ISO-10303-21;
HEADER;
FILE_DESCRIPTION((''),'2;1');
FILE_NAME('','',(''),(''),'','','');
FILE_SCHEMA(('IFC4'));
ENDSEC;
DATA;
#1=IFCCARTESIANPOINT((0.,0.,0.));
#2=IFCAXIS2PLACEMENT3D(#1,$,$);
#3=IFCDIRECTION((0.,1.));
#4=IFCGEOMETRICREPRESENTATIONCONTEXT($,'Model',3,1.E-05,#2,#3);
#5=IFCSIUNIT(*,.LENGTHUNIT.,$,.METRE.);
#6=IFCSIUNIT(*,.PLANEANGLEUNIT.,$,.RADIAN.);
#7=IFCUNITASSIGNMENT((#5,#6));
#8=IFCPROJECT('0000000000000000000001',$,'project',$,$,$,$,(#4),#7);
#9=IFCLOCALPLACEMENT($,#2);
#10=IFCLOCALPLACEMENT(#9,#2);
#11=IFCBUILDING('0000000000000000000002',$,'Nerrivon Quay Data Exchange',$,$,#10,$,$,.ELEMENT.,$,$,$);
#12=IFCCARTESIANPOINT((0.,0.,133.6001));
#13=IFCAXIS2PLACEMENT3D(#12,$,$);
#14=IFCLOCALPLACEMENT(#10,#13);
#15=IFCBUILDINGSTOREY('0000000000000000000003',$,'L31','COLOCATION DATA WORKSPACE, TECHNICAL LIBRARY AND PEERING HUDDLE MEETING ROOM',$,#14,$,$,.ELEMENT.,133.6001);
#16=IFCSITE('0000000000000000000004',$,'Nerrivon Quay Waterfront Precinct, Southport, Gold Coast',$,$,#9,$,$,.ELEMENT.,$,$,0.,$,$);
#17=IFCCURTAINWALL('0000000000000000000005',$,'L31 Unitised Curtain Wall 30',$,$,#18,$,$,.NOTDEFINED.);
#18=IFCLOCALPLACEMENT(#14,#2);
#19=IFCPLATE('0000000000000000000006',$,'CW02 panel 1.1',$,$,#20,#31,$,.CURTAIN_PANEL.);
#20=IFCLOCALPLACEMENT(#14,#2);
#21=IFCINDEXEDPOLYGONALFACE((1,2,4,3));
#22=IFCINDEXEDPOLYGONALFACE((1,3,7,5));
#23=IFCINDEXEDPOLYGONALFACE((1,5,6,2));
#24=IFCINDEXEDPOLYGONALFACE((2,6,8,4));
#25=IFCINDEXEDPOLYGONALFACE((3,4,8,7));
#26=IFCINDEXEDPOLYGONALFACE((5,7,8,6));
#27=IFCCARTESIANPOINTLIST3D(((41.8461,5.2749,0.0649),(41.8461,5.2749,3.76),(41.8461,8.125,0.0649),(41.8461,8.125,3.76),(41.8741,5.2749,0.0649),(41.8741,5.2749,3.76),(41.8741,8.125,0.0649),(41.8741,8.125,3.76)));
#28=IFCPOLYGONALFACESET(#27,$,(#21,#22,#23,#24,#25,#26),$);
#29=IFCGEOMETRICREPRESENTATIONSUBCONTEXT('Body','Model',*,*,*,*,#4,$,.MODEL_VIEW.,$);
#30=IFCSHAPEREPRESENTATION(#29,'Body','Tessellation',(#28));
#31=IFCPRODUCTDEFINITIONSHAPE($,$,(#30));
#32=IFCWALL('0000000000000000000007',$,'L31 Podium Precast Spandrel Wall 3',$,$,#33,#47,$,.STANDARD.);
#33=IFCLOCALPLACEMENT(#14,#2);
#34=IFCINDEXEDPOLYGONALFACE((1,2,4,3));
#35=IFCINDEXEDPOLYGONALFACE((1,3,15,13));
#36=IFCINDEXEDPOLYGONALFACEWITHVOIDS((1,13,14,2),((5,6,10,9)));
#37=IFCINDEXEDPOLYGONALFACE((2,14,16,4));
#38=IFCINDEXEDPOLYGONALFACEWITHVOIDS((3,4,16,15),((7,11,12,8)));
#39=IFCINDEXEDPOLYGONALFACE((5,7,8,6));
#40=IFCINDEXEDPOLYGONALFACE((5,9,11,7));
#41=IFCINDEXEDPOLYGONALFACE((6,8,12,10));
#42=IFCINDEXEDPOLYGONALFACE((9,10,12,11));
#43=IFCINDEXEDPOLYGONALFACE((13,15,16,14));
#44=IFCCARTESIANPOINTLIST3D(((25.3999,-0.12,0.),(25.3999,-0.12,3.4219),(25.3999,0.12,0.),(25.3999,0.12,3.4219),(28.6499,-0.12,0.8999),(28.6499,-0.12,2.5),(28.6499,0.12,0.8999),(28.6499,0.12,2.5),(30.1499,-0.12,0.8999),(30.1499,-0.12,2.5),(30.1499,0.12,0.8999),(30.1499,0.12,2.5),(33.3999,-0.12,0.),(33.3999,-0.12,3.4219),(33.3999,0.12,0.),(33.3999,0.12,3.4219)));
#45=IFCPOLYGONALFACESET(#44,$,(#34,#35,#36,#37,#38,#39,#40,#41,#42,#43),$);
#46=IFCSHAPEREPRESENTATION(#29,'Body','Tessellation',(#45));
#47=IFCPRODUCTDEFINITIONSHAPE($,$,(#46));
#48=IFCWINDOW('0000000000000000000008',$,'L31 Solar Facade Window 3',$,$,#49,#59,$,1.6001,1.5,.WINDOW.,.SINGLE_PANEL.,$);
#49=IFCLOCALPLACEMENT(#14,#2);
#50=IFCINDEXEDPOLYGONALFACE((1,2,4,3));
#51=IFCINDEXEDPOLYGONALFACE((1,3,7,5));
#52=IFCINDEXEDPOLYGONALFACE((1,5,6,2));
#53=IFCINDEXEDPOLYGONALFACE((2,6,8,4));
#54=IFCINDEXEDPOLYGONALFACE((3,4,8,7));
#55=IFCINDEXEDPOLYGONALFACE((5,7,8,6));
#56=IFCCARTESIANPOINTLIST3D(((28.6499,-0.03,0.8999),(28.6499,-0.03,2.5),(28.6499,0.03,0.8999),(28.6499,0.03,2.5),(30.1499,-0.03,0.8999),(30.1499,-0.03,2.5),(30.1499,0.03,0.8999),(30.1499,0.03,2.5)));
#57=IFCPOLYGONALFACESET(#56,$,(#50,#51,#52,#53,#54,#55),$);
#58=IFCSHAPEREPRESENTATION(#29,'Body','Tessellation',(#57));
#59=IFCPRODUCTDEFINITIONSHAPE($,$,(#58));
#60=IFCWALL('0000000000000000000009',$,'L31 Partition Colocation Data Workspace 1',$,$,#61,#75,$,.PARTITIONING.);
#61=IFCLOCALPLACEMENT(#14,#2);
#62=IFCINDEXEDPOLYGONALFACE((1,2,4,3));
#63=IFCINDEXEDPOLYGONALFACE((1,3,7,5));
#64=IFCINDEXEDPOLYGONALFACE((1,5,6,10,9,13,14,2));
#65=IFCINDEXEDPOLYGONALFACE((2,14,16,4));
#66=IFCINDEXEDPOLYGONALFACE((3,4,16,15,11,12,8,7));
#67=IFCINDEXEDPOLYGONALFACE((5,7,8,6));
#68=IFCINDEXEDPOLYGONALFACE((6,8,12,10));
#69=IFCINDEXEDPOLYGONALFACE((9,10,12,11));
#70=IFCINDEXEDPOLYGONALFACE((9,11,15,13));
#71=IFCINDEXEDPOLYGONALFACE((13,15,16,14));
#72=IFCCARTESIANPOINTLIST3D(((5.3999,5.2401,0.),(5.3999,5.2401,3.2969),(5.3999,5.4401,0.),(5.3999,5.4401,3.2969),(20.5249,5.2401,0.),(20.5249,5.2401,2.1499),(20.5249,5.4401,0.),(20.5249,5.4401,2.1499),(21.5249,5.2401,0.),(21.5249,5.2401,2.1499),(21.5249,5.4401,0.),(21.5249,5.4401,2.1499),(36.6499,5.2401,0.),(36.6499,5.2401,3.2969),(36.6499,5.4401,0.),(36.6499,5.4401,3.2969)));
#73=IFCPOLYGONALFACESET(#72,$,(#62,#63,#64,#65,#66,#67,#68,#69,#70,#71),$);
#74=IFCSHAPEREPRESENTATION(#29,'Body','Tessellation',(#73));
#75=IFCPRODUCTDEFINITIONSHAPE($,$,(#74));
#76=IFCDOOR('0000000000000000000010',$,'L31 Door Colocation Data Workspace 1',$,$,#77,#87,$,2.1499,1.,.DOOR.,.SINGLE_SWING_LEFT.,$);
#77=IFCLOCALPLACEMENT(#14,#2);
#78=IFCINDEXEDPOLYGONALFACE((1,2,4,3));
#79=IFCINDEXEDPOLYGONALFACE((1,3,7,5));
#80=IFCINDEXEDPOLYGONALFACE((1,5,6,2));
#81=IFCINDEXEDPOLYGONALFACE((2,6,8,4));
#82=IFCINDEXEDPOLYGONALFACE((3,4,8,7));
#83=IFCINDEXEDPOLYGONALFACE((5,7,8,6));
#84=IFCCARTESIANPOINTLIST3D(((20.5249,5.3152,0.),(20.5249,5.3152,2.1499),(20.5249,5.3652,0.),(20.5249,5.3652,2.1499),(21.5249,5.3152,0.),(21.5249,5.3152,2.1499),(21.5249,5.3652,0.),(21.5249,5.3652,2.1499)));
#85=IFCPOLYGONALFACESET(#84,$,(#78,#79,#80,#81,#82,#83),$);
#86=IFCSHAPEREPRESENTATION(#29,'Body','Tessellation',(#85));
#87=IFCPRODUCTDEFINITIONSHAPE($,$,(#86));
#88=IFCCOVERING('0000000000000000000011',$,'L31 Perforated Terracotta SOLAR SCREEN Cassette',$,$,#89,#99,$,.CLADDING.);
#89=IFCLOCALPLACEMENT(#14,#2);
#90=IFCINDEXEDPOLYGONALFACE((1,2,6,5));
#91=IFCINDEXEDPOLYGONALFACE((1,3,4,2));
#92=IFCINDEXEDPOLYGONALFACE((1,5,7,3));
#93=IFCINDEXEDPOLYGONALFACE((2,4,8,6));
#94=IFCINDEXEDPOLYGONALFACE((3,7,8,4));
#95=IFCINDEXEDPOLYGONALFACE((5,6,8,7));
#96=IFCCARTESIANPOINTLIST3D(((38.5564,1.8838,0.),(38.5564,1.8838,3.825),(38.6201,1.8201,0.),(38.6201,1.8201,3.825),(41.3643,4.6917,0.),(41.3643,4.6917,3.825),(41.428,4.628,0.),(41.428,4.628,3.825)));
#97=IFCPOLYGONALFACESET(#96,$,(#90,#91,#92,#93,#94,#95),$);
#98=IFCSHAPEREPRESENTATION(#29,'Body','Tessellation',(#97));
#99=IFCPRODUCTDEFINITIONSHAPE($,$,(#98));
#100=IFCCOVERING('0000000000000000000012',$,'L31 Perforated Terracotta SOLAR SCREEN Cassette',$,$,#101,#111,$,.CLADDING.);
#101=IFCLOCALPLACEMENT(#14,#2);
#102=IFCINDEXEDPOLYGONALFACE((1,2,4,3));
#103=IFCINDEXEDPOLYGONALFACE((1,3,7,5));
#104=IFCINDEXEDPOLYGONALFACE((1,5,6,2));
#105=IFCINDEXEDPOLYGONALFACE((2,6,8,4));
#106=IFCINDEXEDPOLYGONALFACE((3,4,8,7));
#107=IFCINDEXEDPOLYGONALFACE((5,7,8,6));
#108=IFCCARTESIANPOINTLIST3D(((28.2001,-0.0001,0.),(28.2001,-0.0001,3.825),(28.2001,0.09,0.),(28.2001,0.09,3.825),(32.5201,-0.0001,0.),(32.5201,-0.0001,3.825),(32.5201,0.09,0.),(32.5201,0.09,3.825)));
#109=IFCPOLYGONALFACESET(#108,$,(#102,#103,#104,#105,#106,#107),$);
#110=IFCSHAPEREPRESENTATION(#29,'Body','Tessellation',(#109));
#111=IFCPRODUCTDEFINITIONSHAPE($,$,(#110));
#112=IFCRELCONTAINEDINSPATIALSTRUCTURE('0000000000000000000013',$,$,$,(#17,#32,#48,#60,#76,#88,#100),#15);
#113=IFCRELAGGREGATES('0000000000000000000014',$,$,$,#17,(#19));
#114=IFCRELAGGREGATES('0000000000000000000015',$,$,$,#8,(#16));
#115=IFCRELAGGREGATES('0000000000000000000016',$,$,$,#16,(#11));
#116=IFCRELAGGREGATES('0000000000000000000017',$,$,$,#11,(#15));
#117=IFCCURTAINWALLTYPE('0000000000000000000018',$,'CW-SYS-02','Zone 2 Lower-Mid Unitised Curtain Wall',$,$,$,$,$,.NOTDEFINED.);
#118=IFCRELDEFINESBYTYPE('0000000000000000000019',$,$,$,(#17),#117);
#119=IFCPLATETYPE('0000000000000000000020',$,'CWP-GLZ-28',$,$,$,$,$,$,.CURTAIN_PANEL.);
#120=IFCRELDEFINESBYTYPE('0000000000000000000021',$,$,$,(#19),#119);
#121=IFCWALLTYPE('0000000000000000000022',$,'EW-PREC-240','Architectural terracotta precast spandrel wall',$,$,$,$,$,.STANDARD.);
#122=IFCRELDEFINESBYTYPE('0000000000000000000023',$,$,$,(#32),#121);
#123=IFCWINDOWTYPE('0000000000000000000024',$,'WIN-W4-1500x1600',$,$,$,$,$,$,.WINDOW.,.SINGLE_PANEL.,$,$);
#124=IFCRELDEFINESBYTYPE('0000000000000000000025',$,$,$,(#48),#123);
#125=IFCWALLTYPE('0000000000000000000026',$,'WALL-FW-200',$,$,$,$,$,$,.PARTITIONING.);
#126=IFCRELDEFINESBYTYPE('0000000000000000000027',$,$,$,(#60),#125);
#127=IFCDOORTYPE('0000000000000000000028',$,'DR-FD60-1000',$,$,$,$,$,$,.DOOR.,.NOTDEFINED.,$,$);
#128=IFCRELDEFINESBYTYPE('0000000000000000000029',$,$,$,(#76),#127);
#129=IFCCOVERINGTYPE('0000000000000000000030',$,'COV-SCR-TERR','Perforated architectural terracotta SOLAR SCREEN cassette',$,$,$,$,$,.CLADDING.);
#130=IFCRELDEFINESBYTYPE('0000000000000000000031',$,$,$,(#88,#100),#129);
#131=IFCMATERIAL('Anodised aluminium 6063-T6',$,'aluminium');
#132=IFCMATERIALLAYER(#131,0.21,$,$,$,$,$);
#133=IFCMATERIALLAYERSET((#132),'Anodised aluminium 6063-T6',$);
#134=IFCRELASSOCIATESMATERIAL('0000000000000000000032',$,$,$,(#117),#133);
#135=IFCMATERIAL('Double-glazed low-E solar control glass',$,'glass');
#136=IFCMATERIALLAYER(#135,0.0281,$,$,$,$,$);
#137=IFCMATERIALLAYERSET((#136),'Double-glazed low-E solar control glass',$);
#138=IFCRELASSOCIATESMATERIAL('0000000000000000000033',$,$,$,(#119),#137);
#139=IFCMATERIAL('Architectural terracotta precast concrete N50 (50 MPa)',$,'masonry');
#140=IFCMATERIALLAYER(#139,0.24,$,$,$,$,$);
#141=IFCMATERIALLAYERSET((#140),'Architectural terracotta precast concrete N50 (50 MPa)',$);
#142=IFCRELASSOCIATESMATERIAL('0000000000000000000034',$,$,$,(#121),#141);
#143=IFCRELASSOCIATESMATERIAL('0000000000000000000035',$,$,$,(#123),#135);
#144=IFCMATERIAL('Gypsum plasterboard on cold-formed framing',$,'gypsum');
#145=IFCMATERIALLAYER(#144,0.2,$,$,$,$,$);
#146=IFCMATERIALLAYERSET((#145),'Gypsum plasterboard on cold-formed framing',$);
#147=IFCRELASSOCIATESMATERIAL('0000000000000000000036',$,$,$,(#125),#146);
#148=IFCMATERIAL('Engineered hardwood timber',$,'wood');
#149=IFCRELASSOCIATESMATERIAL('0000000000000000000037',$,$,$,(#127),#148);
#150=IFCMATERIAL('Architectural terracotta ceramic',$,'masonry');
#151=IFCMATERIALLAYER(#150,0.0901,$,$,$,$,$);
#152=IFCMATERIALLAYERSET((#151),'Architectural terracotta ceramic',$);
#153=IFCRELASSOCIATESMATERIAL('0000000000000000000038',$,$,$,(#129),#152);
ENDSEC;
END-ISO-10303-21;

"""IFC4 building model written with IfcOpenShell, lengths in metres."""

from ifc_helpers import new_model, si_unit, direction, frame, frame_2d, origin, origin_2d, place, context, subcontext, project, spatial, rectangle, extrude, material, layer, layer_set, type_object, element, fill, aggregate, save


model = new_model("IFC4")

# Units and contexts
model_context = context("Model", 3, precision=1e-05, world=origin(), true_north=direction((0.0, 1.0)))
body_context = subcontext(model_context, "Body", "Model", "MODEL_VIEW")
ifc_project = project(units=[si_unit("LENGTHUNIT", "METRE"), si_unit("PLANEANGLEUNIT", "RADIAN")], contexts=[model_context])

# Site, building, storey
site_placement = place(None, origin())
site = spatial("IfcSite", under=ifc_project, at=site_placement, Name="Nerrivon Quay Waterfront Precinct, Southport, Gold Coast", CompositionType="ELEMENT", RefElevation=0.0)
building_placement = place(site_placement, origin())
building = spatial("IfcBuilding", under=site, at=building_placement, Name="Nerrivon Quay Data Exchange", CompositionType="ELEMENT")
storey_placement = place(building_placement, frame((0.0, 0.0, 133.6001)))
storey = spatial("IfcBuildingStorey", under=building, at=storey_placement, Name="L31", Description="COLOCATION DATA WORKSPACE, TECHNICAL LIBRARY AND PEERING HUDDLE MEETING ROOM", CompositionType="ELEMENT", Elevation=133.6001)

# Curtain wall
ifc_material_1 = material(Name="Anodised aluminium 6063-T6", Category="aluminium")
ifc_layer_1 = layer(ifc_material_1, 0.21)
ifc_layer_set_1 = layer_set([ifc_layer_1], Name="Anodised aluminium 6063-T6")
curtain_wall_type = type_object("IfcCurtainWallType", Name="CW-SYS-02", Description="Zone 2 Lower-Mid Unitised Curtain Wall", PredefinedType="NOTDEFINED", material=ifc_layer_set_1)
curtain_wall_1_placement = place(storey_placement, origin())
curtain_wall_1 = element("IfcCurtainWall", 1, at=curtain_wall_1_placement, inside=storey, type_object=curtain_wall_type, Name="L31 Unitised Curtain Wall 30", PredefinedType="NOTDEFINED")

# Plate
ifc_material_2 = material(Name="Double-glazed low-E solar control glass", Category="glass")
ifc_layer_2 = layer(ifc_material_2, 0.0281)
ifc_layer_set_2 = layer_set([ifc_layer_2], Name="Double-glazed low-E solar control glass")
plate_type = type_object("IfcPlateType", Name="CWP-GLZ-28", PredefinedType="CURTAIN_PANEL", material=ifc_layer_set_2)
plate_1_placement = place(storey_placement, frame((41.8601, 6.7, 0.0649), z_axis=(0.0, 0.0, 1.0), x_axis=(0.0, -1.0, 0.0)))
plate_1 = element("IfcPlate", 2, at=plate_1_placement, type_object=plate_type, Name="CW02 panel 1.1", PredefinedType="CURTAIN_PANEL", context=body_context, shape_type="SweptSolid", body=[
    extrude(rectangle(XDim=2.8501, YDim=0.0281, at=origin_2d()), origin(), (0.0, 0.0, 1.0), 3.6951),
])
aggregate(curtain_wall_1, [plate_1])

# Wall, opening, window
ifc_material_3 = material(Name="Architectural terracotta precast concrete N50 (50 MPa)", Category="masonry")
ifc_layer_3 = layer(ifc_material_3, 0.24)
ifc_layer_set_3 = layer_set([ifc_layer_3], Name="Architectural terracotta precast concrete N50 (50 MPa)")
wall_type_1 = type_object("IfcWallType", Name="EW-PREC-240", Description="Architectural terracotta precast spandrel wall", PredefinedType="STANDARD", material=ifc_layer_set_3)
wall_1_placement = place(storey_placement, frame((33.3999, 0.0, 0.0), z_axis=(0.0, 0.0, 1.0), x_axis=(-1.0, 0.0, 0.0)))
wall_1 = element("IfcWall", 3, at=wall_1_placement, inside=storey, type_object=wall_type_1, Name="L31 Podium Precast Spandrel Wall 3", PredefinedType="STANDARD", context=body_context, shape_type="SweptSolid", body=[
    extrude(rectangle(XDim=8.0, YDim=0.24, at=frame_2d((4.0, 0.0))), origin(), (0.0, 0.0, 1.0), 3.4219),
])
opening_1_placement = place(wall_1_placement, frame((3.25, 0.0, 0.8999)))
opening_1 = element("IfcOpeningElement", 4, at=opening_1_placement, cuts=wall_1, PredefinedType="OPENING", context=body_context, shape_type="SweptSolid", body=[
    extrude(rectangle(XDim=1.5, YDim=1.6001, at=frame_2d((0.75, 0.8))), frame((0.0, 0.1299, 0.0), z_axis=(0.0, -1.0, 0.0), x_axis=(1.0, 0.0, 0.0)), (0.0, 0.0, 1.0), 0.26),
])
window_type = type_object("IfcWindowType", Name="WIN-W4-1500x1600", PartitioningType="SINGLE_PANEL", PredefinedType="WINDOW", material=ifc_material_2)
window_placement = place(opening_1_placement, origin())
window = element("IfcWindow", 5, at=window_placement, inside=storey, type_object=window_type, Name="L31 Solar Facade Window 3", OverallHeight=1.6001, OverallWidth=1.5, PartitioningType="SINGLE_PANEL", PredefinedType="WINDOW", context=body_context, shape_type="SweptSolid", body=[
    extrude(rectangle(XDim=1.5, YDim=1.6001, at=frame_2d((0.75, 0.8))), frame((0.0, 0.03, 0.0), z_axis=(0.0, -1.0, 0.0), x_axis=(1.0, 0.0, 0.0)), (0.0, 0.0, 1.0), 0.0601),
])
fill(opening_1, window)

# Wall, opening, door
ifc_material_4 = material(Name="Gypsum plasterboard on cold-formed framing", Category="gypsum")
ifc_layer_4 = layer(ifc_material_4, 0.2)
ifc_layer_set_4 = layer_set([ifc_layer_4], Name="Gypsum plasterboard on cold-formed framing")
wall_type_2 = type_object("IfcWallType", Name="WALL-FW-200", PredefinedType="PARTITIONING", material=ifc_layer_set_4)
wall_2_placement = place(storey_placement, frame((36.6499, 5.3401, 0.0), z_axis=(0.0, 0.0, 1.0), x_axis=(-1.0, 0.0, 0.0)))
wall_2 = element("IfcWall", 6, at=wall_2_placement, inside=storey, type_object=wall_type_2, Name="L31 Partition Colocation Data Workspace 1", PredefinedType="PARTITIONING", context=body_context, shape_type="SweptSolid", body=[
    extrude(rectangle(XDim=31.25, YDim=0.2, at=frame_2d((15.625, 0.0))), origin(), (0.0, 0.0, 1.0), 3.2969),
])
opening_2_placement = place(wall_2_placement, frame((15.125, 0.0, 0.0)))
opening_2 = element("IfcOpeningElement", 7, at=opening_2_placement, cuts=wall_2, PredefinedType="OPENING", context=body_context, shape_type="SweptSolid", body=[
    extrude(rectangle(XDim=1.0, YDim=2.1499, at=frame_2d((0.5, 1.075))), frame((0.0, 0.1099, 0.0), z_axis=(0.0, -1.0, 0.0), x_axis=(1.0, 0.0, 0.0)), (0.0, 0.0, 1.0), 0.22),
])
ifc_material_5 = material(Name="Engineered hardwood timber", Category="wood")
door_type_1 = type_object("IfcDoorType", Name="DR-FD60-1000", OperationType="NOTDEFINED", PredefinedType="DOOR", material=ifc_material_5)
door_1_placement = place(opening_2_placement, origin())
door_1 = element("IfcDoor", 8, at=door_1_placement, inside=storey, type_object=door_type_1, Name="L31 Door Colocation Data Workspace 1", OperationType="SINGLE_SWING_LEFT", OverallHeight=2.1499, OverallWidth=1.0, PredefinedType="DOOR", context=body_context, shape_type="SweptSolid", body=[
    extrude(rectangle(XDim=1.0, YDim=2.1499, at=frame_2d((0.5, 1.075))), frame((0.0, 0.0249, 0.0), z_axis=(0.0, -1.0, 0.0), x_axis=(1.0, 0.0, 0.0)), (0.0, 0.0, 1.0), 0.05),
])
fill(opening_2, door_1)

# Coverings
ifc_material_6 = material(Name="Architectural terracotta ceramic", Category="masonry")
ifc_layer_5 = layer(ifc_material_6, 0.0901)
ifc_layer_set_5 = layer_set([ifc_layer_5], Name="Architectural terracotta ceramic")
covering_type = type_object("IfcCoveringType", Name="COV-SCR-TERR", Description="Perforated architectural terracotta SOLAR SCREEN cassette", PredefinedType="CLADDING", material=ifc_layer_set_5)
covering_1_placement = place(storey_placement, frame((39.9922, 3.2559, 0.0), z_axis=(0.0, 0.0, 1.0), x_axis=(-0.707107, -0.707107, 0.0)))
element("IfcCovering", 9, at=covering_1_placement, inside=storey, type_object=covering_type, Name="L31 Perforated Terracotta SOLAR SCREEN Cassette", PredefinedType="CLADDING", context=body_context, shape_type="SweptSolid", body=[
    extrude(rectangle(XDim=3.9709, YDim=0.0901, at=origin_2d()), origin(), (0.0, 0.0, 1.0), 3.825),
])
covering_2_placement = place(storey_placement, frame((30.3601, 0.0449, 0.0), z_axis=(0.0, 0.0, 1.0), x_axis=(-1.0, 0.0, 0.0)))
element("IfcCovering", 10, at=covering_2_placement, inside=storey, type_object=covering_type, Name="L31 Perforated Terracotta SOLAR SCREEN Cassette", PredefinedType="CLADDING", context=body_context, shape_type="SweptSolid", body=[
    extrude(rectangle(XDim=4.3201, YDim=0.0901, at=origin_2d()), origin(), (0.0, 0.0, 1.0), 3.825),
])

save(model, "model.ifc")
